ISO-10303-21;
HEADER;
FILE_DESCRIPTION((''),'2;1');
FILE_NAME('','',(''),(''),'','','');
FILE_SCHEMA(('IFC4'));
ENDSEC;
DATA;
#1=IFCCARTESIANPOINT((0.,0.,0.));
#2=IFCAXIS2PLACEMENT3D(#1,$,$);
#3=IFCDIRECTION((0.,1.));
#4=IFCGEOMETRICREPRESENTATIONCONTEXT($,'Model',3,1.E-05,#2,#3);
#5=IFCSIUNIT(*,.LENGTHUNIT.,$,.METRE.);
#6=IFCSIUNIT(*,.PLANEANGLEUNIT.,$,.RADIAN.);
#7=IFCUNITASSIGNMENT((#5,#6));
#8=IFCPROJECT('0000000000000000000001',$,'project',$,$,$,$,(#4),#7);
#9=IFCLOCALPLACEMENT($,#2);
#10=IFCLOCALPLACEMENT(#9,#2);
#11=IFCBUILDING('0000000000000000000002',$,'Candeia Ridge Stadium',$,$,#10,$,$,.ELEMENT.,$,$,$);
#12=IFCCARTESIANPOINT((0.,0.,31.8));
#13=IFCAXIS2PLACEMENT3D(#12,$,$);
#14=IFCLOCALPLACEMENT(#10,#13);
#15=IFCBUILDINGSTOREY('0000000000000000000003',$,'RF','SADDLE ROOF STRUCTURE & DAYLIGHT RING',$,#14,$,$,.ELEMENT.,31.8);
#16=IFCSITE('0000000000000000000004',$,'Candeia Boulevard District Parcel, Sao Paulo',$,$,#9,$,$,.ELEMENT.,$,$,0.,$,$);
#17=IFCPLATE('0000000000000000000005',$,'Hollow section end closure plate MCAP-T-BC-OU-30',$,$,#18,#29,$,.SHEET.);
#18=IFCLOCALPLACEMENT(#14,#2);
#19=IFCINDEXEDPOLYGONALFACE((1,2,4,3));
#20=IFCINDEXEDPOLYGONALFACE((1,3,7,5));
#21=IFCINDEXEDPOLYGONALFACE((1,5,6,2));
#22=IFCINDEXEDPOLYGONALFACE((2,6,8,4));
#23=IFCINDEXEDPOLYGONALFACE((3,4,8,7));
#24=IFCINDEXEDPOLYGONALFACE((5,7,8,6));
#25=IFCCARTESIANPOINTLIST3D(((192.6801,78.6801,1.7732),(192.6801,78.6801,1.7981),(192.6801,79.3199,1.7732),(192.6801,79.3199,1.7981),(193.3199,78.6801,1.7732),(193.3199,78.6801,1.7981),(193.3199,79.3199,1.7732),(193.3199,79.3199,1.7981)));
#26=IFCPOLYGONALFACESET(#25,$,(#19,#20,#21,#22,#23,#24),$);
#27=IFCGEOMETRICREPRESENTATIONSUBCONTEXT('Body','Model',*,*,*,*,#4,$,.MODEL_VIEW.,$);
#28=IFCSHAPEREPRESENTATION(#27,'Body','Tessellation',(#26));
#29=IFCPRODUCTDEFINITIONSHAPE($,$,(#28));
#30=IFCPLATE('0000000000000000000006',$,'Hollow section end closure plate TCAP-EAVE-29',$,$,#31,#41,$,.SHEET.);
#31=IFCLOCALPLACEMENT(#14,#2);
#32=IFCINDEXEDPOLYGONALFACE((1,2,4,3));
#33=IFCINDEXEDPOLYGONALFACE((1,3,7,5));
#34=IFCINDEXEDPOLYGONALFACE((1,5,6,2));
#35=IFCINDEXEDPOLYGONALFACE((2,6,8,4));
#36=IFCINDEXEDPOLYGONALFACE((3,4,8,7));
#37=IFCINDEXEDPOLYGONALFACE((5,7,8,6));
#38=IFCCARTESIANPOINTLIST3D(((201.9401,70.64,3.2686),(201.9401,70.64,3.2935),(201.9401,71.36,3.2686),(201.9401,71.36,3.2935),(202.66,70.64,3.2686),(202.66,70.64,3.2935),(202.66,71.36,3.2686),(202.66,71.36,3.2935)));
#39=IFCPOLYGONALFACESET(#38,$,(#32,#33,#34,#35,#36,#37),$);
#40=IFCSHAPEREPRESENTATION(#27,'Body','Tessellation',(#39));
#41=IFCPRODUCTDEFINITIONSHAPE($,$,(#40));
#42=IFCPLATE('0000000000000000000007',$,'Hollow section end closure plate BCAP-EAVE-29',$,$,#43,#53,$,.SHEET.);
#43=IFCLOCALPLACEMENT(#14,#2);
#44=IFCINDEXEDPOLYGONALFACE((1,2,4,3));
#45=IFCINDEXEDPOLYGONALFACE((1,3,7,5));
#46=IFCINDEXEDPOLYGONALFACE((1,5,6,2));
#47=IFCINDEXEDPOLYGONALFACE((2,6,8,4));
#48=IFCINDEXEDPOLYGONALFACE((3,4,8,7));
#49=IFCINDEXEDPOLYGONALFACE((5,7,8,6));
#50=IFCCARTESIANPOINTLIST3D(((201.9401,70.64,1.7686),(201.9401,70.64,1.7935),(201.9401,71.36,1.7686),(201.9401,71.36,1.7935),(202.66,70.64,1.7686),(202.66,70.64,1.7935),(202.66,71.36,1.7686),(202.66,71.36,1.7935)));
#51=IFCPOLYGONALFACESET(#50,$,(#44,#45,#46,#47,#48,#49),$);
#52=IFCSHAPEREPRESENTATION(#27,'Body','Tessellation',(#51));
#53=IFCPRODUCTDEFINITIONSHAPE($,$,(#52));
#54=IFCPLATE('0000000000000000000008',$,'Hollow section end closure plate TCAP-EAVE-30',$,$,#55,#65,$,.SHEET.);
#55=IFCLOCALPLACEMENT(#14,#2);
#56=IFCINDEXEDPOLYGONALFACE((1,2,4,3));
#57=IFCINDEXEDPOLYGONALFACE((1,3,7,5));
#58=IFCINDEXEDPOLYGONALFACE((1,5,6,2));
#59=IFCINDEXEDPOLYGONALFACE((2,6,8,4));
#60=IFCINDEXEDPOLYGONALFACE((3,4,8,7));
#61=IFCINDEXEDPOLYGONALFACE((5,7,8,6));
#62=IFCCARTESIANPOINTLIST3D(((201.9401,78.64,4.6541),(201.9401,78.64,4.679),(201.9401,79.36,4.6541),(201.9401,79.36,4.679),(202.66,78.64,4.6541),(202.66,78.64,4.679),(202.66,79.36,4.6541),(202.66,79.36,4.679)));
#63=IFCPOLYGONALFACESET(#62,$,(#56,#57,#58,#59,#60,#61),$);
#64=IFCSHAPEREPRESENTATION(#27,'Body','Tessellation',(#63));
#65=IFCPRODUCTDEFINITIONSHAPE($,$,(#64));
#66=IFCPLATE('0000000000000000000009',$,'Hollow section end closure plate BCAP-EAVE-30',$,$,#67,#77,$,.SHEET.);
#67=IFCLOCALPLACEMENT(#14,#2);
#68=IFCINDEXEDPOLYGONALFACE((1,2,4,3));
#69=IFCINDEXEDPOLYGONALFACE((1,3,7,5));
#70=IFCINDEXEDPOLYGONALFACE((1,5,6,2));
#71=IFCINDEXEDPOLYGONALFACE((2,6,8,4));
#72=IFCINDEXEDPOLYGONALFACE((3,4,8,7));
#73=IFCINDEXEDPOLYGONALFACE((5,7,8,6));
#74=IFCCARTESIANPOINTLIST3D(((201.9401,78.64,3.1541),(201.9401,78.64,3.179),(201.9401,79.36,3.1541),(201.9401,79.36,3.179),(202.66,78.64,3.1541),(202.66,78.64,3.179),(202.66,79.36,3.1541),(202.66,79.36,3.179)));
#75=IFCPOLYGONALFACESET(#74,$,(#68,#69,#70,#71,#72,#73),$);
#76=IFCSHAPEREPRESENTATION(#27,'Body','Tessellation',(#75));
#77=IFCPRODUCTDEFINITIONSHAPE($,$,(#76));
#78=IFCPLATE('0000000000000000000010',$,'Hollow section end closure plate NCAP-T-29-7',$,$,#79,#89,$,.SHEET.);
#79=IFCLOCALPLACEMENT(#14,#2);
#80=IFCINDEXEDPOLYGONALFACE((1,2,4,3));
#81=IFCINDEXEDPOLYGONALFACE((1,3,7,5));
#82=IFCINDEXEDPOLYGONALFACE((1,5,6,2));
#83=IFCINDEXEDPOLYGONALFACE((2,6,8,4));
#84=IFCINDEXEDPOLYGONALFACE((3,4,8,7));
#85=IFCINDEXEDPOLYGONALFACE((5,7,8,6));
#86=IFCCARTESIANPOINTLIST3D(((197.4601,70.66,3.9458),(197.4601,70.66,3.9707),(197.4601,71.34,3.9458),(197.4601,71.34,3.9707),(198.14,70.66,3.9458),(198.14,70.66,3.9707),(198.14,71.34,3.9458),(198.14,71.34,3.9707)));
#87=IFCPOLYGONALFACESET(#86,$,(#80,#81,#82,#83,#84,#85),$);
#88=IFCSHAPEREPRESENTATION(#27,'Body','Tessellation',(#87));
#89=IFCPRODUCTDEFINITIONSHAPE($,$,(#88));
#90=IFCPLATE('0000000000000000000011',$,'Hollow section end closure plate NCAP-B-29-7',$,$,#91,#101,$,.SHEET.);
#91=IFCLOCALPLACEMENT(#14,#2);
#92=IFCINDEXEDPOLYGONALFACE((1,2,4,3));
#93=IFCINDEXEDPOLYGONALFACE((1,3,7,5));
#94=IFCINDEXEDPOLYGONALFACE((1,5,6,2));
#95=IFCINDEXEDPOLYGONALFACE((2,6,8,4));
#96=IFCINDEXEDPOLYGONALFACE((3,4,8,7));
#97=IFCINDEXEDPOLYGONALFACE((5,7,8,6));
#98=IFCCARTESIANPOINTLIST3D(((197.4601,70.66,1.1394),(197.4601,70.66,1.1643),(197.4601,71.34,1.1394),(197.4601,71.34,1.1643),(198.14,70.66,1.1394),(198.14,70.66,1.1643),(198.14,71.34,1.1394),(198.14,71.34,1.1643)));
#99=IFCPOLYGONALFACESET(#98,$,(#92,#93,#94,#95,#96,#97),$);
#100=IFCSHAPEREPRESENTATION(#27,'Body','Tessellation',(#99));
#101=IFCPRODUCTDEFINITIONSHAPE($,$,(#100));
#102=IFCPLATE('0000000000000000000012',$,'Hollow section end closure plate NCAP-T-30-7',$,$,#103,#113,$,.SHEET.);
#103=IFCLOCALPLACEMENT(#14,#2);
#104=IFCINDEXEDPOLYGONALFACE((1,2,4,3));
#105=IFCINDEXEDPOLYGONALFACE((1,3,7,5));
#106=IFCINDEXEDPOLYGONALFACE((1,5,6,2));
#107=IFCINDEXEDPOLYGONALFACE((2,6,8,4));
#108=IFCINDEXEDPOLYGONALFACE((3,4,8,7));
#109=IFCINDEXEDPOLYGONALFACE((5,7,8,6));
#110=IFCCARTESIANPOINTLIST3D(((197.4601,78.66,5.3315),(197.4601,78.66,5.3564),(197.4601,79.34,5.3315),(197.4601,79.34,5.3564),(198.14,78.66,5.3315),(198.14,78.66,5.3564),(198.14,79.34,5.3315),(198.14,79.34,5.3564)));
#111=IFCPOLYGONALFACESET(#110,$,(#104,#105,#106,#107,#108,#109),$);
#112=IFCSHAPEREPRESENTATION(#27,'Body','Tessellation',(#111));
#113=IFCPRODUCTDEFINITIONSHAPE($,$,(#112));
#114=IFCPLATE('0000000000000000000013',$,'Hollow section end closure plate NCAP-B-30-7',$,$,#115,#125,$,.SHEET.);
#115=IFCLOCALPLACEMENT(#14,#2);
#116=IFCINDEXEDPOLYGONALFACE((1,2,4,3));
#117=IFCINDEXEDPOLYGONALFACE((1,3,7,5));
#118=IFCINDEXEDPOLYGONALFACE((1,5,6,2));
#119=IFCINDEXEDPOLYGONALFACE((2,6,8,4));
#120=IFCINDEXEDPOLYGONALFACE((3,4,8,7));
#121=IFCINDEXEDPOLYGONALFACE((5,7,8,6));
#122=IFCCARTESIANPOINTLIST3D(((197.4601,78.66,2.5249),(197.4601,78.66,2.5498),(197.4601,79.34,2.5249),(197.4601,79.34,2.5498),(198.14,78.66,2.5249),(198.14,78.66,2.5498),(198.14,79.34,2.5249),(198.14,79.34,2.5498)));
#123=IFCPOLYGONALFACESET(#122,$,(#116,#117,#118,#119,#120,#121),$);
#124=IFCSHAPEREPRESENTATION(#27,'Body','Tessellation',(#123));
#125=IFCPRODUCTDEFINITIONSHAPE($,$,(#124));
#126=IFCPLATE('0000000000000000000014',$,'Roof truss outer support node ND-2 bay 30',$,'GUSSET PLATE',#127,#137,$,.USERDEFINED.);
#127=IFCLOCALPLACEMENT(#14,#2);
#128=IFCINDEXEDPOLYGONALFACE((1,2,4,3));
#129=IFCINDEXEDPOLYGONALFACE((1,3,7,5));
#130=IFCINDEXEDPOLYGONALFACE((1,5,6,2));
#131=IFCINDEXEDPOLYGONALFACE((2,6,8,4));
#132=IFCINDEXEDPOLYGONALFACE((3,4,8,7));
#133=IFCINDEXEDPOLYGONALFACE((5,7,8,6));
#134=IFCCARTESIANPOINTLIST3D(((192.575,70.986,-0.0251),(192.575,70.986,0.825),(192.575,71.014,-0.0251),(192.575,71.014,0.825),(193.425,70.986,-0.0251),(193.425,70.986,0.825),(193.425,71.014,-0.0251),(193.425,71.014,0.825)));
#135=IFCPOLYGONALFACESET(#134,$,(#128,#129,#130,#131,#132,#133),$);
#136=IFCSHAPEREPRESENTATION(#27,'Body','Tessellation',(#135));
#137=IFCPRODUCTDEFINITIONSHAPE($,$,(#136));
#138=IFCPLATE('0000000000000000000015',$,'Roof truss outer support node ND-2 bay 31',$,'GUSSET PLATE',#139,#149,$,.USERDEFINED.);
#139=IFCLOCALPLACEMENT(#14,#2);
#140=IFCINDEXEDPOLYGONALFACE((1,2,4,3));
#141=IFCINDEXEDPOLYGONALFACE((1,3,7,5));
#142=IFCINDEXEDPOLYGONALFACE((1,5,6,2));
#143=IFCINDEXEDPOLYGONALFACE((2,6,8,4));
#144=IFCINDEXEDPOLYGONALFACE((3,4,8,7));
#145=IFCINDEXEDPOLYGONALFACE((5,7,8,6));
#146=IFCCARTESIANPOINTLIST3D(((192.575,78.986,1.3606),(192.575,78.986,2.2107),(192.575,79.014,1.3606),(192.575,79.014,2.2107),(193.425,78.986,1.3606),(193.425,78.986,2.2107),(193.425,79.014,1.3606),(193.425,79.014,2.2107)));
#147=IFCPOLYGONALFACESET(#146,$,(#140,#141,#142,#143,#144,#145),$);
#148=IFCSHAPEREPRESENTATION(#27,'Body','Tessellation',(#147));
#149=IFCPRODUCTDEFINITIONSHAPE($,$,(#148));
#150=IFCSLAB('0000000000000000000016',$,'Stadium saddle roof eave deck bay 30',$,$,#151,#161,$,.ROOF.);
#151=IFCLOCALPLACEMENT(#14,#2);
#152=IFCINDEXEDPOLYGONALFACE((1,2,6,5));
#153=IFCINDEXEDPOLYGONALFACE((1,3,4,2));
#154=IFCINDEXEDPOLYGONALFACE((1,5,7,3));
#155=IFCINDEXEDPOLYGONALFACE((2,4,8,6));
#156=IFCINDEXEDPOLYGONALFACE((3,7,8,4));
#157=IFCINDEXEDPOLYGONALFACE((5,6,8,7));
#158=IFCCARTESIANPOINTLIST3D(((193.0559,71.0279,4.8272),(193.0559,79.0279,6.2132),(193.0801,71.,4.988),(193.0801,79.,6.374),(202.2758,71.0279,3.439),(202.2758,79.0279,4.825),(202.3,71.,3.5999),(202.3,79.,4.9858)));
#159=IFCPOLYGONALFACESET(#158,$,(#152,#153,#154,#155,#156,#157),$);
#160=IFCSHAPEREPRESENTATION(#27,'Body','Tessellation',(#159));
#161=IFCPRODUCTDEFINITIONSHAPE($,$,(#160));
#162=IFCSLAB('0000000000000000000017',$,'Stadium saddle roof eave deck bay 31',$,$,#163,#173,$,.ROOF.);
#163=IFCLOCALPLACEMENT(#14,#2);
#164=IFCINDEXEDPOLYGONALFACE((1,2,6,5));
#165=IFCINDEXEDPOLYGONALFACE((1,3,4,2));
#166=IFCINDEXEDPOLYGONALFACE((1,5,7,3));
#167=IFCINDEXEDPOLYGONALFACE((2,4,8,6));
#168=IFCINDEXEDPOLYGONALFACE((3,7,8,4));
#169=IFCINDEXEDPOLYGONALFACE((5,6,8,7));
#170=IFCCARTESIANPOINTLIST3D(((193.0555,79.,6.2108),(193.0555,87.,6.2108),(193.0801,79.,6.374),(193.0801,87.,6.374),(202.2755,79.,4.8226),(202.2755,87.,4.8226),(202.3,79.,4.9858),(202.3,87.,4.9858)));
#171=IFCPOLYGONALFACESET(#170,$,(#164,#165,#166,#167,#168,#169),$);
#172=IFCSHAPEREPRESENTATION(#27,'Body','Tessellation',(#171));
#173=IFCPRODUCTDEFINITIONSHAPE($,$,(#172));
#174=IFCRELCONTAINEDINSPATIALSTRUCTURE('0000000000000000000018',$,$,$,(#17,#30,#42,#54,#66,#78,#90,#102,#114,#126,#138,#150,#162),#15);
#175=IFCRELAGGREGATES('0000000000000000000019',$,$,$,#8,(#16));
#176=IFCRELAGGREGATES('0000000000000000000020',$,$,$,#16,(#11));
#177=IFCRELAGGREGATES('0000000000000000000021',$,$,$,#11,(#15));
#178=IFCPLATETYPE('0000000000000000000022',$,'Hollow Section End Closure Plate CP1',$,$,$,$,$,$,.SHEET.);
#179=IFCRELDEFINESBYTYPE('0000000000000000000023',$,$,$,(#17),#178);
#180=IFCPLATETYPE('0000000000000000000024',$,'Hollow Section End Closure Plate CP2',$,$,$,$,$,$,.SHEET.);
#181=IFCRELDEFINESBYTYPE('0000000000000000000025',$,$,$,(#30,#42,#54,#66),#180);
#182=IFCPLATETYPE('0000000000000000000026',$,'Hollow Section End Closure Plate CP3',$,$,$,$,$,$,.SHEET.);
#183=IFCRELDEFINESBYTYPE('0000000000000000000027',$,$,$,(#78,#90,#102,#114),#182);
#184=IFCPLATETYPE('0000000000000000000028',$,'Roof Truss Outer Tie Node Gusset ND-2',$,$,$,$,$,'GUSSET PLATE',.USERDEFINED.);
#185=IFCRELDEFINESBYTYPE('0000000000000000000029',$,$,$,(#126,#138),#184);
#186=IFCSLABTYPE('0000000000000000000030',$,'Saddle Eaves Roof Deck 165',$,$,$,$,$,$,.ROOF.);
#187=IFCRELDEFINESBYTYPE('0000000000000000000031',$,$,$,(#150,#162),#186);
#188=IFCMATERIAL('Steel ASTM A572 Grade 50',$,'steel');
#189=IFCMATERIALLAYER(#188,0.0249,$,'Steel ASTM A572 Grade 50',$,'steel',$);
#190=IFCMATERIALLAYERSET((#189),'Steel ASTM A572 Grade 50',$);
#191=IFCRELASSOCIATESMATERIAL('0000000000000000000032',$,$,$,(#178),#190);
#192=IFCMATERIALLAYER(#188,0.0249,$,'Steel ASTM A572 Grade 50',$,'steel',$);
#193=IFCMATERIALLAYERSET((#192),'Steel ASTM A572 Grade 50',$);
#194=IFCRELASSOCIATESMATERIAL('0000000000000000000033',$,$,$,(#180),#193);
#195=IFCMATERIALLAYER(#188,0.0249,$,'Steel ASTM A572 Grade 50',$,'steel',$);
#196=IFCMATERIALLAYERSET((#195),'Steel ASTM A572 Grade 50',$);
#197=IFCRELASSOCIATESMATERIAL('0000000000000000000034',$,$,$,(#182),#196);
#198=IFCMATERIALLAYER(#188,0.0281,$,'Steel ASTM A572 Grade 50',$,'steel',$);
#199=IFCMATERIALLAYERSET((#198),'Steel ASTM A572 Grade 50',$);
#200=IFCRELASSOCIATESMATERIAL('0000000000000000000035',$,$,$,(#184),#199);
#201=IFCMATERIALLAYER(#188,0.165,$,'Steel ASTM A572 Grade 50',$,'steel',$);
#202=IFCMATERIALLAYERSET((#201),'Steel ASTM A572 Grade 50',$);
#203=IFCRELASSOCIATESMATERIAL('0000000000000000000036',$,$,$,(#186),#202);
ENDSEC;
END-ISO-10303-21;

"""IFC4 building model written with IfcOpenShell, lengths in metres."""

from ifc_helpers import new_model, si_unit, direction, frame, origin, origin_2d, place, context, subcontext, project, spatial, polyline, rectangle, outline, extrude, material, layer, layer_set, type_object, element, save


model = new_model("IFC4")

# Units and contexts
model_context = context("Model", 3, precision=1e-05, world=origin(), true_north=direction((0.0, 1.0)))
body_context = subcontext(model_context, "Body", "Model", "MODEL_VIEW")
ifc_project = project(units=[si_unit("LENGTHUNIT", "METRE"), si_unit("PLANEANGLEUNIT", "RADIAN")], contexts=[model_context])

# Site, building, storey
site_placement = place(None, origin())
site = spatial("IfcSite", under=ifc_project, at=site_placement, Name="Candeia Boulevard District Parcel, Sao Paulo", CompositionType="ELEMENT", RefElevation=0.0)
building_placement = place(site_placement, origin())
building = spatial("IfcBuilding", under=site, at=building_placement, Name="Candeia Ridge Stadium", CompositionType="ELEMENT")
storey_placement = place(building_placement, frame((0.0, 0.0, 31.8)))
storey = spatial("IfcBuildingStorey", under=building, at=storey_placement, Name="RF", Description="SADDLE ROOF STRUCTURE & DAYLIGHT RING", CompositionType="ELEMENT", Elevation=31.8)

# Shared definitions
ifc_material_1 = material(Name="Steel ASTM A572 Grade 50", Category="steel")

# Plates
ifc_layer_1 = layer(ifc_material_1, 0.0249, Name="Steel ASTM A572 Grade 50", Category="steel")
ifc_layer_set_1 = layer_set([ifc_layer_1], Name="Steel ASTM A572 Grade 50")
plate_type_1 = type_object("IfcPlateType", Name="Hollow Section End Closure Plate CP1", PredefinedType="SHEET", material=ifc_layer_set_1)
plate_1_placement = place(storey_placement, frame((193.0, 79.0, 1.7732), z_axis=(0.0, 0.0, 1.0), x_axis=(1.0, 0.0, 0.0)))
element("IfcPlate", 1, at=plate_1_placement, inside=storey, type_object=plate_type_1, Name="Hollow section end closure plate MCAP-T-BC-OU-30", PredefinedType="SHEET", context=body_context, shape_type="SweptSolid", body=[
    extrude(rectangle(XDim=0.6399, YDim=0.6399, at=origin_2d()), origin(), (0.0, 0.0, 1.0), 0.0249),
])
ifc_layer_2 = layer(ifc_material_1, 0.0249, Name="Steel ASTM A572 Grade 50", Category="steel")
ifc_layer_set_2 = layer_set([ifc_layer_2], Name="Steel ASTM A572 Grade 50")
plate_type_2 = type_object("IfcPlateType", Name="Hollow Section End Closure Plate CP2", PredefinedType="SHEET", material=ifc_layer_set_2)
for number, where, z_axis, x_axis, name in (
    (2, (202.3, 71.0, 3.2686), (0.0, 0.0, 1.0), (1.0, 0.0, 0.0), "Hollow section end closure plate TCAP-EAVE-29"),
    (3, (202.3, 71.0, 1.7686), (0.0, 0.0, 1.0), (1.0, 0.0, 0.0), "Hollow section end closure plate BCAP-EAVE-29"),
    (4, (202.3, 79.0, 4.6541), (0.0, 0.0, 1.0), (1.0, 0.0, 0.0), "Hollow section end closure plate TCAP-EAVE-30"),
    (5, (202.3, 79.0, 3.1541), (0.0, 0.0, 1.0), (1.0, 0.0, 0.0), "Hollow section end closure plate BCAP-EAVE-30"),
):
    element("IfcPlate", number, at=place(storey_placement, frame(where, z_axis=z_axis, x_axis=x_axis)), inside=storey, type_object=plate_type_2, Name=name, PredefinedType="SHEET", context=body_context, shape_type="SweptSolid", body=[
        extrude(rectangle(XDim=0.72, YDim=0.72, at=origin_2d()), origin(), (0.0, 0.0, 1.0), 0.0249),
    ])
ifc_layer_3 = layer(ifc_material_1, 0.0249, Name="Steel ASTM A572 Grade 50", Category="steel")
ifc_layer_set_3 = layer_set([ifc_layer_3], Name="Steel ASTM A572 Grade 50")
plate_type_3 = type_object("IfcPlateType", Name="Hollow Section End Closure Plate CP3", PredefinedType="SHEET", material=ifc_layer_set_3)
for number, where, z_axis, x_axis, name in (
    (6, (197.8, 71.0, 3.9458), (0.0, 0.0, 1.0), (1.0, 0.0, 0.0), "Hollow section end closure plate NCAP-T-29-7"),
    (7, (197.8, 71.0, 1.1394), (0.0, 0.0, 1.0), (1.0, 0.0, 0.0), "Hollow section end closure plate NCAP-B-29-7"),
    (8, (197.8, 79.0, 5.3315), (0.0, 0.0, 1.0), (1.0, 0.0, 0.0), "Hollow section end closure plate NCAP-T-30-7"),
    (9, (197.8, 79.0, 2.5249), (0.0, 0.0, 1.0), (1.0, 0.0, 0.0), "Hollow section end closure plate NCAP-B-30-7"),
):
    element("IfcPlate", number, at=place(storey_placement, frame(where, z_axis=z_axis, x_axis=x_axis)), inside=storey, type_object=plate_type_3, Name=name, PredefinedType="SHEET", context=body_context, shape_type="SweptSolid", body=[
        extrude(rectangle(XDim=0.6799, YDim=0.6799, at=origin_2d()), origin(), (0.0, 0.0, 1.0), 0.0249),
    ])
ifc_layer_4 = layer(ifc_material_1, 0.0281, Name="Steel ASTM A572 Grade 50", Category="steel")
ifc_layer_set_4 = layer_set([ifc_layer_4], Name="Steel ASTM A572 Grade 50")
plate_type_4 = type_object("IfcPlateType", Name="Roof Truss Outer Tie Node Gusset ND-2", ElementType="GUSSET PLATE", PredefinedType="USERDEFINED", material=ifc_layer_set_4)
for number, where, z_axis, x_axis, name in (
    (10, (193.0, 71.0, -0.0251), (0.0, 0.0, 1.0), (1.0, 0.0, 0.0), "Roof truss outer support node ND-2 bay 30"),
    (11, (193.0, 79.0, 1.3606), (0.0, 0.0, 1.0), (1.0, 0.0, 0.0), "Roof truss outer support node ND-2 bay 31"),
):
    element("IfcPlate", number, at=place(storey_placement, frame(where, z_axis=z_axis, x_axis=x_axis)), inside=storey, type_object=plate_type_4, Name=name, ObjectType="GUSSET PLATE", PredefinedType="USERDEFINED", context=body_context, shape_type="SweptSolid", body=[
        extrude(rectangle(XDim=0.8501, YDim=0.0281, at=origin_2d()), origin(), (0.0, 0.0, 1.0), 0.8501),
    ])

# Slabs
ifc_layer_5 = layer(ifc_material_1, 0.165, Name="Steel ASTM A572 Grade 50", Category="steel")
ifc_layer_set_5 = layer_set([ifc_layer_5], Name="Steel ASTM A572 Grade 50")
slab_type = type_object("IfcSlabType", Name="Saddle Eaves Roof Deck 165", PredefinedType="ROOF", material=ifc_layer_set_5)
slab_1_placement = place(storey_placement, frame((193.0801, 71.0, 4.988), z_axis=(0.146747, -0.168857, 0.974655), x_axis=(0.0, 0.985322, 0.170705)))
element("IfcSlab", 12, at=slab_1_placement, inside=storey, type_object=slab_type, Name="Stadium saddle roof eave deck bay 30", PredefinedType="ROOF", context=body_context, shape_type="SweptSolid", body=[
    extrude(outline(polyline([(0.0, 0.0), (8.1192, 0.0), (7.8822, -9.3209), (-0.237, -9.3209), (0.0, 0.0)])), origin(), (0.0, 0.0, -1.0), 0.165),
])
slab_2_placement = place(storey_placement, frame((193.0801, 79.0, 6.374), z_axis=(0.148885, 0.0, 0.988855), x_axis=(0.0, 1.0, 0.0)))
element("IfcSlab", 13, at=slab_2_placement, inside=storey, type_object=slab_type, Name="Stadium saddle roof eave deck bay 31", PredefinedType="ROOF", context=body_context, shape_type="SweptSolid", body=[
    extrude(outline(polyline([(0.0, 0.0), (8.0, 0.0), (8.0, -9.3239), (0.0, -9.3239), (0.0, 0.0)])), origin(), (0.0, 0.0, -1.0), 0.165),
])

save(model, "model.ifc")
